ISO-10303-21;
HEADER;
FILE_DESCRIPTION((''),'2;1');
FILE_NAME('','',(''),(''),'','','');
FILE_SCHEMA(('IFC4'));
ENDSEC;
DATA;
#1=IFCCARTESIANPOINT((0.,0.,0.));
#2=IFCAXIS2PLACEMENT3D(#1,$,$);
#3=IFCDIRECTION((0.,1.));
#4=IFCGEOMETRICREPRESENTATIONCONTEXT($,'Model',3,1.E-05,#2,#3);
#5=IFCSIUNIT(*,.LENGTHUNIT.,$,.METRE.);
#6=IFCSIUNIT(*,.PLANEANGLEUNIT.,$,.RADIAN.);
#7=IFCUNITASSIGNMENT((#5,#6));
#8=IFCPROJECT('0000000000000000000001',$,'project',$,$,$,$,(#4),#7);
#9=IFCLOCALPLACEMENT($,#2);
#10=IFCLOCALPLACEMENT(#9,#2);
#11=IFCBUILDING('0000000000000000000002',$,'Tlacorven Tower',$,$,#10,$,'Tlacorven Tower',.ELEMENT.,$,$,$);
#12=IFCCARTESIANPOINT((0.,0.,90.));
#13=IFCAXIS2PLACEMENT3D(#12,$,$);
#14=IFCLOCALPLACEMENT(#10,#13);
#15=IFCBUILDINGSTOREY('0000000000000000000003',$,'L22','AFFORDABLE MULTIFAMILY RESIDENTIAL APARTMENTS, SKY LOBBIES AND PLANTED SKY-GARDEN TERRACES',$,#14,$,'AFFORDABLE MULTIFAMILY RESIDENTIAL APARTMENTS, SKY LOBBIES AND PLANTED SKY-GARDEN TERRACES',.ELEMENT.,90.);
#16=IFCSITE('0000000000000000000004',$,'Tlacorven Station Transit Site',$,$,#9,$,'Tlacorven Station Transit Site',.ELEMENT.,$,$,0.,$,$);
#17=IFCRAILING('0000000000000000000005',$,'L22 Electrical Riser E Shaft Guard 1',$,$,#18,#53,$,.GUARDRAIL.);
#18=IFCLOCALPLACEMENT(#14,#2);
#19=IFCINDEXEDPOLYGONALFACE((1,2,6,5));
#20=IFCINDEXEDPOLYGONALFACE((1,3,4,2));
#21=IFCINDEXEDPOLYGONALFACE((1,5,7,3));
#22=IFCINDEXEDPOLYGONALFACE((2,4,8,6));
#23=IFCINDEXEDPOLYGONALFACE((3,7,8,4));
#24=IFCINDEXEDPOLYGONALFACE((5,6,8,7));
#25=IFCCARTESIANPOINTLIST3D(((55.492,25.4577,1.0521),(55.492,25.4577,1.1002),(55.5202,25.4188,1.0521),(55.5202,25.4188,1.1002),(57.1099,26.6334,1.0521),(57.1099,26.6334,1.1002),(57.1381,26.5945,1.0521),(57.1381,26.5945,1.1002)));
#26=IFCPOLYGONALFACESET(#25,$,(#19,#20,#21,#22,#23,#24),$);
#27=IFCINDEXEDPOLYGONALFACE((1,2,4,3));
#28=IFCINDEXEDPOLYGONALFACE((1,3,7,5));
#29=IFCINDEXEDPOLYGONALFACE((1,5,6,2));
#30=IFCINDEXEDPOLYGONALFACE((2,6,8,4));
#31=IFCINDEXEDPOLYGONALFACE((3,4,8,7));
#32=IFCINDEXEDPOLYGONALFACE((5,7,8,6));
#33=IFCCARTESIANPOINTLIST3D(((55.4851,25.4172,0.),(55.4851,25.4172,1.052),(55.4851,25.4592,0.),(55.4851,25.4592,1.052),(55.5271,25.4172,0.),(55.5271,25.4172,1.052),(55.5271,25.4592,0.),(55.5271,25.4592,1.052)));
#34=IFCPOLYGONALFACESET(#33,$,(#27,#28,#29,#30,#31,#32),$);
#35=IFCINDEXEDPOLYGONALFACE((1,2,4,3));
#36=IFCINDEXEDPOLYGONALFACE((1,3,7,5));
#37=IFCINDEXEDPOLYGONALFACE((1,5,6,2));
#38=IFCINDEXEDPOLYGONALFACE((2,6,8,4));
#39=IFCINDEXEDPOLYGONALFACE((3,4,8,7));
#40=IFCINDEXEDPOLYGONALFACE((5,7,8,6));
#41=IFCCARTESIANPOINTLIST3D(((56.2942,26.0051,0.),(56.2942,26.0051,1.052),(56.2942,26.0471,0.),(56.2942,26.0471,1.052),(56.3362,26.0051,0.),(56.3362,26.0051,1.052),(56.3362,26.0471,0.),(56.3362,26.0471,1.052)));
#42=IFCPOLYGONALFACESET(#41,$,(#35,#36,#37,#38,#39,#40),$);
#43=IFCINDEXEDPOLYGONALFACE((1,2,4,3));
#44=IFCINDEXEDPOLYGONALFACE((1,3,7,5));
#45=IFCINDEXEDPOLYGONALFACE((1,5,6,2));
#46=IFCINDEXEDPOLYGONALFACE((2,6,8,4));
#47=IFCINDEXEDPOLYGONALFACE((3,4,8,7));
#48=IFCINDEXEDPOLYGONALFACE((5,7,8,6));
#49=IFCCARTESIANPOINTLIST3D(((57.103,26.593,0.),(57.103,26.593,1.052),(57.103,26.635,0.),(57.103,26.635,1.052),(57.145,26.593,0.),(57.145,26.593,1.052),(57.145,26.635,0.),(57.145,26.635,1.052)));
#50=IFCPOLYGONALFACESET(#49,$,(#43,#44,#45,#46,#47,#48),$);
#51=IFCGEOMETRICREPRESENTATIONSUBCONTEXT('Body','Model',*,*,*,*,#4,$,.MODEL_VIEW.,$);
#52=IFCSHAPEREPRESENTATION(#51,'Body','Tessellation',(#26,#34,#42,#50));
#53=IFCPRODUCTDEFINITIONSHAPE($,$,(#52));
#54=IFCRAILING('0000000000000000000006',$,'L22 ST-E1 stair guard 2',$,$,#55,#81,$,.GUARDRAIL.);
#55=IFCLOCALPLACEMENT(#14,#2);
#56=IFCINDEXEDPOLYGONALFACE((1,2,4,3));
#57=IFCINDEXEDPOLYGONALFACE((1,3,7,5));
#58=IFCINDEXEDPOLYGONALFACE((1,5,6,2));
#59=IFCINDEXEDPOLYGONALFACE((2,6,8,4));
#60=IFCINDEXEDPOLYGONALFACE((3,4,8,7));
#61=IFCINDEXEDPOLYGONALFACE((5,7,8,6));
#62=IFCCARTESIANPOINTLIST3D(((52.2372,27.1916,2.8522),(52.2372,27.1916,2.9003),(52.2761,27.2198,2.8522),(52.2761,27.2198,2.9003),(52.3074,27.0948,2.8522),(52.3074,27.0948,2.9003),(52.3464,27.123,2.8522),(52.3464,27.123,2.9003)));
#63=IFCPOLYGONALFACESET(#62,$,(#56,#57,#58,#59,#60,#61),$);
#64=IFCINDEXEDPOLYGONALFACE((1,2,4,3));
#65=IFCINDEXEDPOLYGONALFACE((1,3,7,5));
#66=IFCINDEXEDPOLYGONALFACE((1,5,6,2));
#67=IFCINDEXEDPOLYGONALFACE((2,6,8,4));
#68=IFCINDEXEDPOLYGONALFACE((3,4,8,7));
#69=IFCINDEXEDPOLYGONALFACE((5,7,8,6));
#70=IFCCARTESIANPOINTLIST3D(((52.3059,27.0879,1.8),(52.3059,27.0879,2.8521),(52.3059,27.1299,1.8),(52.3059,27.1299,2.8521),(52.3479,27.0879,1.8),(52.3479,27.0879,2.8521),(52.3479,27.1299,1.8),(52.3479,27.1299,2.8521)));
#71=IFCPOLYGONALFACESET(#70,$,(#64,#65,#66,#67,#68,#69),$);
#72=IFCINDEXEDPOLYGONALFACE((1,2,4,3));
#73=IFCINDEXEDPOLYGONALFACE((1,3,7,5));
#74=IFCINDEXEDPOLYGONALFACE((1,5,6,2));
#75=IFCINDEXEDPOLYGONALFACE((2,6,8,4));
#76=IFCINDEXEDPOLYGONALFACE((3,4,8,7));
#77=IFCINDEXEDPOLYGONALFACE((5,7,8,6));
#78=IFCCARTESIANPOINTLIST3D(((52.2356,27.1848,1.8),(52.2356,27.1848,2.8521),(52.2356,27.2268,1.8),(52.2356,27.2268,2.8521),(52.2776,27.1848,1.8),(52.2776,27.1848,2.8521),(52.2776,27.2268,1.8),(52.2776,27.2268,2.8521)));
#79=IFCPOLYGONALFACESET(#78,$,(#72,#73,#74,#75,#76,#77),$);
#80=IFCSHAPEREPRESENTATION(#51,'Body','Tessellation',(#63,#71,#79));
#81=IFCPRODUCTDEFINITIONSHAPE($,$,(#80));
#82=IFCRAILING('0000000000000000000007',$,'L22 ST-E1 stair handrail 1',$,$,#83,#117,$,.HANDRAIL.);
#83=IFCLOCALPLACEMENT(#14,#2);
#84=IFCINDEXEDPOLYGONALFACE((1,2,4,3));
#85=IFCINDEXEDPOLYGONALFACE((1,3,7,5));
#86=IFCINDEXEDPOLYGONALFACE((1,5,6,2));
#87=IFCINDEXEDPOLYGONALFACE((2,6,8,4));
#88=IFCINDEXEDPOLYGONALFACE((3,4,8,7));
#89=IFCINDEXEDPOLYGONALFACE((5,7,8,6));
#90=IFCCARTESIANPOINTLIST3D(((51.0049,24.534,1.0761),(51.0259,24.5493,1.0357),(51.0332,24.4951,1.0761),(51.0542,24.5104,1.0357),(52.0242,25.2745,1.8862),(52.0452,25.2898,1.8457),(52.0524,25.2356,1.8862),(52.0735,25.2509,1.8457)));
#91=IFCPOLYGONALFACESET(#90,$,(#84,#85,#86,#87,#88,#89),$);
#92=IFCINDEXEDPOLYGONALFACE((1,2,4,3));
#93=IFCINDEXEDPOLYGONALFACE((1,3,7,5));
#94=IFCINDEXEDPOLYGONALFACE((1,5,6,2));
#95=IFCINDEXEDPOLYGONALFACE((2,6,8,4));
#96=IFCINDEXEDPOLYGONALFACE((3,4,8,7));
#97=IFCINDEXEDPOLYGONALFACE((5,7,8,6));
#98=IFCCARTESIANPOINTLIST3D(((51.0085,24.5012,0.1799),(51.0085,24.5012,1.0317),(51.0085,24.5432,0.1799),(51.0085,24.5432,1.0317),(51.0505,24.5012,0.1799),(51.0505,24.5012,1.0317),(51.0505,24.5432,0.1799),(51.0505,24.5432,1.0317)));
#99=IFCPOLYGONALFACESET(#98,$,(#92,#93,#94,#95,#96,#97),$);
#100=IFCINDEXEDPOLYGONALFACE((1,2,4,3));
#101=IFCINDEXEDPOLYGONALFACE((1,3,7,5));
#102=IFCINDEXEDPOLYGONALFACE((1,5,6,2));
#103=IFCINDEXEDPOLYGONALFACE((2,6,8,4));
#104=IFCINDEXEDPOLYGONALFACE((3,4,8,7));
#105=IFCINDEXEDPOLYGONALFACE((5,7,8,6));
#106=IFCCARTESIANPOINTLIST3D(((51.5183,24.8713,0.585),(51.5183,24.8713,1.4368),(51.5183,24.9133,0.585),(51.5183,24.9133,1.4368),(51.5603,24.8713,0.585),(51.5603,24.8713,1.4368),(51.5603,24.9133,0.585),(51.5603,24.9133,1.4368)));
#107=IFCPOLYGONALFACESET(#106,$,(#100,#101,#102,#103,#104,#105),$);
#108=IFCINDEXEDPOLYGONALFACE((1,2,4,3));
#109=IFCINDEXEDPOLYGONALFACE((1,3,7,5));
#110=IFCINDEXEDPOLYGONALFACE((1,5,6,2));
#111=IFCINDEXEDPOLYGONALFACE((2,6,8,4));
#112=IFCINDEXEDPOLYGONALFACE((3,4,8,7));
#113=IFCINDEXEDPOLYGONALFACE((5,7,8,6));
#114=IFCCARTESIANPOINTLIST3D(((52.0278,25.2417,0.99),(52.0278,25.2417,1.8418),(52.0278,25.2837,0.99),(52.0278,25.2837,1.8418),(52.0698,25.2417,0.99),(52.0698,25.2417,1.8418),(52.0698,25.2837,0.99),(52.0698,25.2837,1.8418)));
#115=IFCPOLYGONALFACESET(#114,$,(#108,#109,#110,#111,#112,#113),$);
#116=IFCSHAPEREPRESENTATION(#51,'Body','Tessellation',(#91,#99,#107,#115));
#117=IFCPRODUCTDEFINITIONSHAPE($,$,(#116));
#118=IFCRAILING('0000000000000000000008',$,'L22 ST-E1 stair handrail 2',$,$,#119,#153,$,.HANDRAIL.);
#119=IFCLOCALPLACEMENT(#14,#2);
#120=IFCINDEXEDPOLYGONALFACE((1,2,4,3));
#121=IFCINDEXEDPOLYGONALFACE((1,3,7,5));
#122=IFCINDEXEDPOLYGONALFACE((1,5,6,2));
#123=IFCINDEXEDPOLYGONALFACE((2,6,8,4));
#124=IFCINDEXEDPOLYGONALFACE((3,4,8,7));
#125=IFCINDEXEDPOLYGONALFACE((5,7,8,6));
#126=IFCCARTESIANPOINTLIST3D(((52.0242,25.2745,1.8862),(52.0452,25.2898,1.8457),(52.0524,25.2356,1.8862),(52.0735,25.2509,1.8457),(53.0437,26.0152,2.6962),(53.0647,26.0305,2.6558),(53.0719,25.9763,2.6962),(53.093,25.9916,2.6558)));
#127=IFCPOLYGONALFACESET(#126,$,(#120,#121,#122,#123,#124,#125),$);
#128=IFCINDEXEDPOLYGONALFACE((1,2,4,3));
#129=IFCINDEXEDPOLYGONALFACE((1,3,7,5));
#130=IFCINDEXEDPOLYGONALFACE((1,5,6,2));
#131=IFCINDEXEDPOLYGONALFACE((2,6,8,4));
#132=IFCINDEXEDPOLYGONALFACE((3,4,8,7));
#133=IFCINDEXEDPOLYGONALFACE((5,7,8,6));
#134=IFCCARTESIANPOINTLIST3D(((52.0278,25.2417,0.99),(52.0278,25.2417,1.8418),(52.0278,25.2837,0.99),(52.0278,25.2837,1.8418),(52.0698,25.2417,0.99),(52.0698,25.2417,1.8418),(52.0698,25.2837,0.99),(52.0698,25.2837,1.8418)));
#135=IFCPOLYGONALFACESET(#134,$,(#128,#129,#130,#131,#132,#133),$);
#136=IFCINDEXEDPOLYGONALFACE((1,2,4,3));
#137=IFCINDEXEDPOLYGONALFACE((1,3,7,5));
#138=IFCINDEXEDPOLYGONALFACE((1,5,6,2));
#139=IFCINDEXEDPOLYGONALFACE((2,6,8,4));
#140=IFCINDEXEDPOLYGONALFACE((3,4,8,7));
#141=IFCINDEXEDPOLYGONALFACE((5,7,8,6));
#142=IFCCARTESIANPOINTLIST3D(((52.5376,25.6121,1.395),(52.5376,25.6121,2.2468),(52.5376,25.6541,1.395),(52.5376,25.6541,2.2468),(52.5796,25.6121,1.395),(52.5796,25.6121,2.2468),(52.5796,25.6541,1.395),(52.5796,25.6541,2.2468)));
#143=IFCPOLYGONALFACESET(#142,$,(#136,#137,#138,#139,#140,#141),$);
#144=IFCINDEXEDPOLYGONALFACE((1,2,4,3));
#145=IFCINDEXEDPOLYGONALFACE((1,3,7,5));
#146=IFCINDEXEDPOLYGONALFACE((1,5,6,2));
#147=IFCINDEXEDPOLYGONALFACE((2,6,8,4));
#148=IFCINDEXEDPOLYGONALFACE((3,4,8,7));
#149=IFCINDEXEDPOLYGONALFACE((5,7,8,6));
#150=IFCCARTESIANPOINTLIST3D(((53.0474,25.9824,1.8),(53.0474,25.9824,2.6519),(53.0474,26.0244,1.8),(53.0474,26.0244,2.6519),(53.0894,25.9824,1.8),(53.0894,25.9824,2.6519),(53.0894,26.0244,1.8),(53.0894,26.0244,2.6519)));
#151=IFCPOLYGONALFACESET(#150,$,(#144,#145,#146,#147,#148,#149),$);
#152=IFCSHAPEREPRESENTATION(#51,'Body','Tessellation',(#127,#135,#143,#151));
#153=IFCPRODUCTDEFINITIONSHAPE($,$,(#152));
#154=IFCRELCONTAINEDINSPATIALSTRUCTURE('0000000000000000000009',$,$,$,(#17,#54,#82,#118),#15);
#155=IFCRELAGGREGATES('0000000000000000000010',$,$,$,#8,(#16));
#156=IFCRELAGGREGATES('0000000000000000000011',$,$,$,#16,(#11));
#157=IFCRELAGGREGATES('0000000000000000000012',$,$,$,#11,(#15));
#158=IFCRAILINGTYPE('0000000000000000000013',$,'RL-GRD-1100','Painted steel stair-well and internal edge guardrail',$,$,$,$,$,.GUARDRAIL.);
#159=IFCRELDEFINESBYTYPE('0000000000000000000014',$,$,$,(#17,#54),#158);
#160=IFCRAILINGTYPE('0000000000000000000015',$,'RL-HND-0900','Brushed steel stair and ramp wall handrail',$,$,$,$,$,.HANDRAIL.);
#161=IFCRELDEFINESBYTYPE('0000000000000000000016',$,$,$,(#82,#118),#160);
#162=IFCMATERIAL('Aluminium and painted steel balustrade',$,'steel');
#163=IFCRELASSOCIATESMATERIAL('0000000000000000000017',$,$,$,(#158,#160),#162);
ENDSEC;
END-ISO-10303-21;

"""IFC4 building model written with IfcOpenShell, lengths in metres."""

from ifc_helpers import new_model, si_unit, direction, frame, origin, origin_2d, place, context, subcontext, project, spatial, rectangle, extrude, source, transform, mapped, material, type_object, element, save


model = new_model("IFC4")

# Units and contexts
model_context = context("Model", 3, precision=1e-05, world=origin(), true_north=direction((0.0, 1.0)))
body_context = subcontext(model_context, "Body", "Model", "MODEL_VIEW")
ifc_project = project(units=[si_unit("LENGTHUNIT", "METRE"), si_unit("PLANEANGLEUNIT", "RADIAN")], contexts=[model_context])

# Site, building, storey
site_placement = place(None, origin())
site = spatial("IfcSite", under=ifc_project, at=site_placement, Name="Tlacorven Station Transit Site", LongName="Tlacorven Station Transit Site", CompositionType="ELEMENT", RefElevation=0.0)
building_placement = place(site_placement, origin())
building = spatial("IfcBuilding", under=site, at=building_placement, Name="Tlacorven Tower", LongName="Tlacorven Tower", CompositionType="ELEMENT")
storey_placement = place(building_placement, frame((0.0, 0.0, 90.0)))
storey = spatial("IfcBuildingStorey", under=building, at=storey_placement, Name="L22", Description="AFFORDABLE MULTIFAMILY RESIDENTIAL APARTMENTS, SKY LOBBIES AND PLANTED SKY-GARDEN TERRACES", LongName="AFFORDABLE MULTIFAMILY RESIDENTIAL APARTMENTS, SKY LOBBIES AND PLANTED SKY-GARDEN TERRACES", CompositionType="ELEMENT", Elevation=90.0)

# Railings
ifc_material_1 = material(Name="Aluminium and painted steel balustrade", Category="steel")
railing_type_1 = type_object("IfcRailingType", Name="RL-GRD-1100", Description="Painted steel stair-well and internal edge guardrail", PredefinedType="GUARDRAIL", material=ifc_material_1)
shared_shape_1 = source(origin(), body_context, "Body", "SweptSolid", [
    extrude(rectangle(XDim=0.0481, YDim=0.0481, at=origin_2d()), frame((0.0, 0.0, 1.0762), z_axis=(0.808947, 0.587881, 0.0), x_axis=(-0.587881, 0.808947, 0.0)), (0.0, 0.0, 1.0), 2.0),
    extrude(rectangle(XDim=0.042, YDim=0.042, at=origin_2d()), origin(), (0.0, 0.0, 1.0), 1.052),
    extrude(rectangle(XDim=0.042, YDim=0.042, at=origin_2d()), frame((0.8091, 0.5879, 0.0)), (0.0, 0.0, 1.0), 1.052),
    extrude(rectangle(XDim=0.042, YDim=0.042, at=origin_2d()), frame((1.6179, 1.1758, 0.0)), (0.0, 0.0, 1.0), 1.052),
])
railing_1_placement = place(storey_placement, frame((55.5061, 25.4382, 0.0)))
element("IfcRailing", 1, at=railing_1_placement, inside=storey, type_object=railing_type_1, Name="L22 Electrical Riser E Shaft Guard 1", PredefinedType="GUARDRAIL", context=body_context, shape_type="MappedRepresentation", body=[
    mapped(shared_shape_1, transform((0.0, 0.0, 0.0), scale=1.0)),
])
shared_shape_2 = source(origin(), body_context, "Body", "SweptSolid", [
    extrude(rectangle(XDim=0.0481, YDim=0.0481, at=origin_2d()), frame((0.0, 0.0, 1.0762), z_axis=(-0.587201, 0.809441, 0.0), x_axis=(-0.809441, -0.587201, 0.0)), (0.0, 0.0, 1.0), 0.1196),
    extrude(rectangle(XDim=0.042, YDim=0.042, at=origin_2d()), origin(), (0.0, 0.0, 1.0), 1.052),
    extrude(rectangle(XDim=0.042, YDim=0.042, at=origin_2d()), frame((-0.0703, 0.0969, 0.0)), (0.0, 0.0, 1.0), 1.052),
])
railing_2_placement = place(storey_placement, frame((52.3269, 27.1089, 1.8)))
element("IfcRailing", 2, at=railing_2_placement, inside=storey, type_object=railing_type_1, Name="L22 ST-E1 stair guard 2", PredefinedType="GUARDRAIL", context=body_context, shape_type="MappedRepresentation", body=[
    mapped(shared_shape_2, transform((0.0, 0.0, 0.0), scale=1.0)),
])
railing_type_2 = type_object("IfcRailingType", Name="RL-HND-0900", Description="Brushed steel stair and ramp wall handrail", PredefinedType="HANDRAIL", material=ifc_material_1)
shared_shape_3 = source(origin(), body_context, "Body", "SweptSolid", [
    extrude(rectangle(XDim=0.0481, YDim=0.0481, at=origin_2d()), frame((0.0, 0.0, 0.876), z_axis=(0.680516, 0.494373, 0.540827), x_axis=(-0.587745, 0.809046, 0.0)), (0.0, 0.0, 1.0), 1.4978),
    extrude(rectangle(XDim=0.042, YDim=0.042, at=origin_2d()), origin(), (0.0, 0.0, 1.0), 0.8518),
    extrude(rectangle(XDim=0.042, YDim=0.042, at=origin_2d()), frame((0.5098, 0.3701, 0.405)), (0.0, 0.0, 1.0), 0.8518),
    extrude(rectangle(XDim=0.042, YDim=0.042, at=origin_2d()), frame((1.0193, 0.7405, 0.8101)), (0.0, 0.0, 1.0), 0.8518),
])
railing_3_placement = place(storey_placement, frame((51.0295, 24.5222, 0.1799)))
element("IfcRailing", 3, at=railing_3_placement, inside=storey, type_object=railing_type_2, Name="L22 ST-E1 stair handrail 1", PredefinedType="HANDRAIL", context=body_context, shape_type="MappedRepresentation", body=[
    mapped(shared_shape_3, transform((0.0, 0.0, 0.0), scale=1.0)),
])
shared_shape_4 = source(origin(), body_context, "Body", "SweptSolid", [
    extrude(rectangle(XDim=0.0481, YDim=0.0481, at=origin_2d()), frame((0.0, 0.0, 0.876), z_axis=(0.680549, 0.494441, 0.540723), x_axis=(-0.58778, 0.809021, 0.0)), (0.0, 0.0, 1.0), 1.498),
    extrude(rectangle(XDim=0.042, YDim=0.042, at=origin_2d()), origin(), (0.0, 0.0, 1.0), 0.8518),
    extrude(rectangle(XDim=0.042, YDim=0.042, at=origin_2d()), frame((0.5098, 0.3704, 0.405)), (0.0, 0.0, 1.0), 0.8518),
    extrude(rectangle(XDim=0.042, YDim=0.042, at=origin_2d()), frame((1.0195, 0.7407, 0.8101)), (0.0, 0.0, 1.0), 0.8518),
])
railing_4_placement = place(storey_placement, frame((52.0488, 25.2627, 0.99)))
element("IfcRailing", 4, at=railing_4_placement, inside=storey, type_object=railing_type_2, Name="L22 ST-E1 stair handrail 2", PredefinedType="HANDRAIL", context=body_context, shape_type="MappedRepresentation", body=[
    mapped(shared_shape_4, transform((0.0, 0.0, 0.0), scale=1.0)),
])

save(model, "model.ifc")
